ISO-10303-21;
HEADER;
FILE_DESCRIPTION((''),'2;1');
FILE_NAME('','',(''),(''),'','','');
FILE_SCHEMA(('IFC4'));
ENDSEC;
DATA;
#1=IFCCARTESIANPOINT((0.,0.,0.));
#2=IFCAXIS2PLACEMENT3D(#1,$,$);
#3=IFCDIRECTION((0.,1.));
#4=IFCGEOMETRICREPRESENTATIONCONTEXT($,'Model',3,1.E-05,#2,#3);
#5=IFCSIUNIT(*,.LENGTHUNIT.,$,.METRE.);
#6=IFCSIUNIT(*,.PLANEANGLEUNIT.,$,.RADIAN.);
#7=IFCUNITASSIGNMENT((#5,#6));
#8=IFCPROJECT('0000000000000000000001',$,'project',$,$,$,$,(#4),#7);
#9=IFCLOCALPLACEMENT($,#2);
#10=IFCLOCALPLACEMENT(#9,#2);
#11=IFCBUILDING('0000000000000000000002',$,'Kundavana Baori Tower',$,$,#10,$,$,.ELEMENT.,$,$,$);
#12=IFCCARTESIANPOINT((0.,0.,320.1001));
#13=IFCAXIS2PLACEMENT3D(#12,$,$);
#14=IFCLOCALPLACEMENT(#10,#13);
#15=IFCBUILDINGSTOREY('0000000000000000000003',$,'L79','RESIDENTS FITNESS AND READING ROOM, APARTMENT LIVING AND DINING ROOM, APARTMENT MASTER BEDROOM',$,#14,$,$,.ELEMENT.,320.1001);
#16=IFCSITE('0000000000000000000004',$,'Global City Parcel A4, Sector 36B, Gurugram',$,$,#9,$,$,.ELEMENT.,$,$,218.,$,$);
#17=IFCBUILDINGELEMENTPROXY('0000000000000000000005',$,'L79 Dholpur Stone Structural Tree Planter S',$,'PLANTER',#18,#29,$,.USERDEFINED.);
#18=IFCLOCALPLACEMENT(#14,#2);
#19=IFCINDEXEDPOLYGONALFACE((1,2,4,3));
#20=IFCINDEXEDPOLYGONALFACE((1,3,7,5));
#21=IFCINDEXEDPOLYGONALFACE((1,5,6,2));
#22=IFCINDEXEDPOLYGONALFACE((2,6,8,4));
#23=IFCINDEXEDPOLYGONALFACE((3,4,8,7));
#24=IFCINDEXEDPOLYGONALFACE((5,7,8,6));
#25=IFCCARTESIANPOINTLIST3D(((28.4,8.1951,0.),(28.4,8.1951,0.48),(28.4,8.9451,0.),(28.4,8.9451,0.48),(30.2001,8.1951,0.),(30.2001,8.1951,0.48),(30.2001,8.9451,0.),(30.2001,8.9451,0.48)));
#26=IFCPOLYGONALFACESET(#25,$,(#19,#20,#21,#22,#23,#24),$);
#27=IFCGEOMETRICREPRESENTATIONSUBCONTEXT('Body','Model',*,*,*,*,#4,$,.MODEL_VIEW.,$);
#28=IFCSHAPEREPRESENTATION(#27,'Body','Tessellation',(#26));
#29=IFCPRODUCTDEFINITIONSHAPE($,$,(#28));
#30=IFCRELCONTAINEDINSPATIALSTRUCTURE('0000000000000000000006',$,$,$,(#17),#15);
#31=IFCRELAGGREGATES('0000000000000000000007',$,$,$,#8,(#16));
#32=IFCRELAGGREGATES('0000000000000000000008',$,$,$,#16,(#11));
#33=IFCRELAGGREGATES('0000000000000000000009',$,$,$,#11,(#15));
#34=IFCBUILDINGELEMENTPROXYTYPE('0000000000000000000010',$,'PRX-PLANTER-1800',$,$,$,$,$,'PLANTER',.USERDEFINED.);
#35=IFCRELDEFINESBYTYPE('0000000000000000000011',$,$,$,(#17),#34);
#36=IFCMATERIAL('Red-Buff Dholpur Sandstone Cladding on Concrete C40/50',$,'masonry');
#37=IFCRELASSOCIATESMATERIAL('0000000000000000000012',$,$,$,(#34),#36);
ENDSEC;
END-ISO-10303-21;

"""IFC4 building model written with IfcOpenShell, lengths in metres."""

from ifc_helpers import new_model, si_unit, direction, frame, origin, origin_2d, place, context, subcontext, project, spatial, rectangle, extrude, material, type_object, element, save


model = new_model("IFC4")

# Units and contexts
model_context = context("Model", 3, precision=1e-05, world=origin(), true_north=direction((0.0, 1.0)))
body_context = subcontext(model_context, "Body", "Model", "MODEL_VIEW")
ifc_project = project(units=[si_unit("LENGTHUNIT", "METRE"), si_unit("PLANEANGLEUNIT", "RADIAN")], contexts=[model_context])

# Site, building, storey
site_placement = place(None, origin())
site = spatial("IfcSite", under=ifc_project, at=site_placement, Name="Global City Parcel A4, Sector 36B, Gurugram", CompositionType="ELEMENT", RefElevation=218.0)
building_placement = place(site_placement, origin())
building = spatial("IfcBuilding", under=site, at=building_placement, Name="Kundavana Baori Tower", CompositionType="ELEMENT")
storey_placement = place(building_placement, frame((0.0, 0.0, 320.1001)))
storey = spatial("IfcBuildingStorey", under=building, at=storey_placement, Name="L79", Description="RESIDENTS FITNESS AND READING ROOM, APARTMENT LIVING AND DINING ROOM, APARTMENT MASTER BEDROOM", CompositionType="ELEMENT", Elevation=320.1001)

# Building element proxy
ifc_material_1 = material(Name="Red-Buff Dholpur Sandstone Cladding on Concrete C40/50", Category="masonry")
building_element_proxy_type = type_object("IfcBuildingElementProxyType", Name="PRX-PLANTER-1800", ElementType="PLANTER", PredefinedType="USERDEFINED", material=ifc_material_1)
proxy_placement = place(storey_placement, frame((29.3, 8.5701, 0.0), z_axis=(0.0, 0.0, 1.0), x_axis=(1.0, 0.0, 0.0)))
element("IfcBuildingElementProxy", 1, at=proxy_placement, inside=storey, type_object=building_element_proxy_type, Name="L79 Dholpur Stone Structural Tree Planter S", ObjectType="PLANTER", PredefinedType="USERDEFINED", context=body_context, shape_type="SweptSolid", body=[
    extrude(rectangle(XDim=1.8, YDim=0.75, at=origin_2d()), origin(), (0.0, 0.0, 1.0), 0.48),
])

save(model, "model.ifc")
